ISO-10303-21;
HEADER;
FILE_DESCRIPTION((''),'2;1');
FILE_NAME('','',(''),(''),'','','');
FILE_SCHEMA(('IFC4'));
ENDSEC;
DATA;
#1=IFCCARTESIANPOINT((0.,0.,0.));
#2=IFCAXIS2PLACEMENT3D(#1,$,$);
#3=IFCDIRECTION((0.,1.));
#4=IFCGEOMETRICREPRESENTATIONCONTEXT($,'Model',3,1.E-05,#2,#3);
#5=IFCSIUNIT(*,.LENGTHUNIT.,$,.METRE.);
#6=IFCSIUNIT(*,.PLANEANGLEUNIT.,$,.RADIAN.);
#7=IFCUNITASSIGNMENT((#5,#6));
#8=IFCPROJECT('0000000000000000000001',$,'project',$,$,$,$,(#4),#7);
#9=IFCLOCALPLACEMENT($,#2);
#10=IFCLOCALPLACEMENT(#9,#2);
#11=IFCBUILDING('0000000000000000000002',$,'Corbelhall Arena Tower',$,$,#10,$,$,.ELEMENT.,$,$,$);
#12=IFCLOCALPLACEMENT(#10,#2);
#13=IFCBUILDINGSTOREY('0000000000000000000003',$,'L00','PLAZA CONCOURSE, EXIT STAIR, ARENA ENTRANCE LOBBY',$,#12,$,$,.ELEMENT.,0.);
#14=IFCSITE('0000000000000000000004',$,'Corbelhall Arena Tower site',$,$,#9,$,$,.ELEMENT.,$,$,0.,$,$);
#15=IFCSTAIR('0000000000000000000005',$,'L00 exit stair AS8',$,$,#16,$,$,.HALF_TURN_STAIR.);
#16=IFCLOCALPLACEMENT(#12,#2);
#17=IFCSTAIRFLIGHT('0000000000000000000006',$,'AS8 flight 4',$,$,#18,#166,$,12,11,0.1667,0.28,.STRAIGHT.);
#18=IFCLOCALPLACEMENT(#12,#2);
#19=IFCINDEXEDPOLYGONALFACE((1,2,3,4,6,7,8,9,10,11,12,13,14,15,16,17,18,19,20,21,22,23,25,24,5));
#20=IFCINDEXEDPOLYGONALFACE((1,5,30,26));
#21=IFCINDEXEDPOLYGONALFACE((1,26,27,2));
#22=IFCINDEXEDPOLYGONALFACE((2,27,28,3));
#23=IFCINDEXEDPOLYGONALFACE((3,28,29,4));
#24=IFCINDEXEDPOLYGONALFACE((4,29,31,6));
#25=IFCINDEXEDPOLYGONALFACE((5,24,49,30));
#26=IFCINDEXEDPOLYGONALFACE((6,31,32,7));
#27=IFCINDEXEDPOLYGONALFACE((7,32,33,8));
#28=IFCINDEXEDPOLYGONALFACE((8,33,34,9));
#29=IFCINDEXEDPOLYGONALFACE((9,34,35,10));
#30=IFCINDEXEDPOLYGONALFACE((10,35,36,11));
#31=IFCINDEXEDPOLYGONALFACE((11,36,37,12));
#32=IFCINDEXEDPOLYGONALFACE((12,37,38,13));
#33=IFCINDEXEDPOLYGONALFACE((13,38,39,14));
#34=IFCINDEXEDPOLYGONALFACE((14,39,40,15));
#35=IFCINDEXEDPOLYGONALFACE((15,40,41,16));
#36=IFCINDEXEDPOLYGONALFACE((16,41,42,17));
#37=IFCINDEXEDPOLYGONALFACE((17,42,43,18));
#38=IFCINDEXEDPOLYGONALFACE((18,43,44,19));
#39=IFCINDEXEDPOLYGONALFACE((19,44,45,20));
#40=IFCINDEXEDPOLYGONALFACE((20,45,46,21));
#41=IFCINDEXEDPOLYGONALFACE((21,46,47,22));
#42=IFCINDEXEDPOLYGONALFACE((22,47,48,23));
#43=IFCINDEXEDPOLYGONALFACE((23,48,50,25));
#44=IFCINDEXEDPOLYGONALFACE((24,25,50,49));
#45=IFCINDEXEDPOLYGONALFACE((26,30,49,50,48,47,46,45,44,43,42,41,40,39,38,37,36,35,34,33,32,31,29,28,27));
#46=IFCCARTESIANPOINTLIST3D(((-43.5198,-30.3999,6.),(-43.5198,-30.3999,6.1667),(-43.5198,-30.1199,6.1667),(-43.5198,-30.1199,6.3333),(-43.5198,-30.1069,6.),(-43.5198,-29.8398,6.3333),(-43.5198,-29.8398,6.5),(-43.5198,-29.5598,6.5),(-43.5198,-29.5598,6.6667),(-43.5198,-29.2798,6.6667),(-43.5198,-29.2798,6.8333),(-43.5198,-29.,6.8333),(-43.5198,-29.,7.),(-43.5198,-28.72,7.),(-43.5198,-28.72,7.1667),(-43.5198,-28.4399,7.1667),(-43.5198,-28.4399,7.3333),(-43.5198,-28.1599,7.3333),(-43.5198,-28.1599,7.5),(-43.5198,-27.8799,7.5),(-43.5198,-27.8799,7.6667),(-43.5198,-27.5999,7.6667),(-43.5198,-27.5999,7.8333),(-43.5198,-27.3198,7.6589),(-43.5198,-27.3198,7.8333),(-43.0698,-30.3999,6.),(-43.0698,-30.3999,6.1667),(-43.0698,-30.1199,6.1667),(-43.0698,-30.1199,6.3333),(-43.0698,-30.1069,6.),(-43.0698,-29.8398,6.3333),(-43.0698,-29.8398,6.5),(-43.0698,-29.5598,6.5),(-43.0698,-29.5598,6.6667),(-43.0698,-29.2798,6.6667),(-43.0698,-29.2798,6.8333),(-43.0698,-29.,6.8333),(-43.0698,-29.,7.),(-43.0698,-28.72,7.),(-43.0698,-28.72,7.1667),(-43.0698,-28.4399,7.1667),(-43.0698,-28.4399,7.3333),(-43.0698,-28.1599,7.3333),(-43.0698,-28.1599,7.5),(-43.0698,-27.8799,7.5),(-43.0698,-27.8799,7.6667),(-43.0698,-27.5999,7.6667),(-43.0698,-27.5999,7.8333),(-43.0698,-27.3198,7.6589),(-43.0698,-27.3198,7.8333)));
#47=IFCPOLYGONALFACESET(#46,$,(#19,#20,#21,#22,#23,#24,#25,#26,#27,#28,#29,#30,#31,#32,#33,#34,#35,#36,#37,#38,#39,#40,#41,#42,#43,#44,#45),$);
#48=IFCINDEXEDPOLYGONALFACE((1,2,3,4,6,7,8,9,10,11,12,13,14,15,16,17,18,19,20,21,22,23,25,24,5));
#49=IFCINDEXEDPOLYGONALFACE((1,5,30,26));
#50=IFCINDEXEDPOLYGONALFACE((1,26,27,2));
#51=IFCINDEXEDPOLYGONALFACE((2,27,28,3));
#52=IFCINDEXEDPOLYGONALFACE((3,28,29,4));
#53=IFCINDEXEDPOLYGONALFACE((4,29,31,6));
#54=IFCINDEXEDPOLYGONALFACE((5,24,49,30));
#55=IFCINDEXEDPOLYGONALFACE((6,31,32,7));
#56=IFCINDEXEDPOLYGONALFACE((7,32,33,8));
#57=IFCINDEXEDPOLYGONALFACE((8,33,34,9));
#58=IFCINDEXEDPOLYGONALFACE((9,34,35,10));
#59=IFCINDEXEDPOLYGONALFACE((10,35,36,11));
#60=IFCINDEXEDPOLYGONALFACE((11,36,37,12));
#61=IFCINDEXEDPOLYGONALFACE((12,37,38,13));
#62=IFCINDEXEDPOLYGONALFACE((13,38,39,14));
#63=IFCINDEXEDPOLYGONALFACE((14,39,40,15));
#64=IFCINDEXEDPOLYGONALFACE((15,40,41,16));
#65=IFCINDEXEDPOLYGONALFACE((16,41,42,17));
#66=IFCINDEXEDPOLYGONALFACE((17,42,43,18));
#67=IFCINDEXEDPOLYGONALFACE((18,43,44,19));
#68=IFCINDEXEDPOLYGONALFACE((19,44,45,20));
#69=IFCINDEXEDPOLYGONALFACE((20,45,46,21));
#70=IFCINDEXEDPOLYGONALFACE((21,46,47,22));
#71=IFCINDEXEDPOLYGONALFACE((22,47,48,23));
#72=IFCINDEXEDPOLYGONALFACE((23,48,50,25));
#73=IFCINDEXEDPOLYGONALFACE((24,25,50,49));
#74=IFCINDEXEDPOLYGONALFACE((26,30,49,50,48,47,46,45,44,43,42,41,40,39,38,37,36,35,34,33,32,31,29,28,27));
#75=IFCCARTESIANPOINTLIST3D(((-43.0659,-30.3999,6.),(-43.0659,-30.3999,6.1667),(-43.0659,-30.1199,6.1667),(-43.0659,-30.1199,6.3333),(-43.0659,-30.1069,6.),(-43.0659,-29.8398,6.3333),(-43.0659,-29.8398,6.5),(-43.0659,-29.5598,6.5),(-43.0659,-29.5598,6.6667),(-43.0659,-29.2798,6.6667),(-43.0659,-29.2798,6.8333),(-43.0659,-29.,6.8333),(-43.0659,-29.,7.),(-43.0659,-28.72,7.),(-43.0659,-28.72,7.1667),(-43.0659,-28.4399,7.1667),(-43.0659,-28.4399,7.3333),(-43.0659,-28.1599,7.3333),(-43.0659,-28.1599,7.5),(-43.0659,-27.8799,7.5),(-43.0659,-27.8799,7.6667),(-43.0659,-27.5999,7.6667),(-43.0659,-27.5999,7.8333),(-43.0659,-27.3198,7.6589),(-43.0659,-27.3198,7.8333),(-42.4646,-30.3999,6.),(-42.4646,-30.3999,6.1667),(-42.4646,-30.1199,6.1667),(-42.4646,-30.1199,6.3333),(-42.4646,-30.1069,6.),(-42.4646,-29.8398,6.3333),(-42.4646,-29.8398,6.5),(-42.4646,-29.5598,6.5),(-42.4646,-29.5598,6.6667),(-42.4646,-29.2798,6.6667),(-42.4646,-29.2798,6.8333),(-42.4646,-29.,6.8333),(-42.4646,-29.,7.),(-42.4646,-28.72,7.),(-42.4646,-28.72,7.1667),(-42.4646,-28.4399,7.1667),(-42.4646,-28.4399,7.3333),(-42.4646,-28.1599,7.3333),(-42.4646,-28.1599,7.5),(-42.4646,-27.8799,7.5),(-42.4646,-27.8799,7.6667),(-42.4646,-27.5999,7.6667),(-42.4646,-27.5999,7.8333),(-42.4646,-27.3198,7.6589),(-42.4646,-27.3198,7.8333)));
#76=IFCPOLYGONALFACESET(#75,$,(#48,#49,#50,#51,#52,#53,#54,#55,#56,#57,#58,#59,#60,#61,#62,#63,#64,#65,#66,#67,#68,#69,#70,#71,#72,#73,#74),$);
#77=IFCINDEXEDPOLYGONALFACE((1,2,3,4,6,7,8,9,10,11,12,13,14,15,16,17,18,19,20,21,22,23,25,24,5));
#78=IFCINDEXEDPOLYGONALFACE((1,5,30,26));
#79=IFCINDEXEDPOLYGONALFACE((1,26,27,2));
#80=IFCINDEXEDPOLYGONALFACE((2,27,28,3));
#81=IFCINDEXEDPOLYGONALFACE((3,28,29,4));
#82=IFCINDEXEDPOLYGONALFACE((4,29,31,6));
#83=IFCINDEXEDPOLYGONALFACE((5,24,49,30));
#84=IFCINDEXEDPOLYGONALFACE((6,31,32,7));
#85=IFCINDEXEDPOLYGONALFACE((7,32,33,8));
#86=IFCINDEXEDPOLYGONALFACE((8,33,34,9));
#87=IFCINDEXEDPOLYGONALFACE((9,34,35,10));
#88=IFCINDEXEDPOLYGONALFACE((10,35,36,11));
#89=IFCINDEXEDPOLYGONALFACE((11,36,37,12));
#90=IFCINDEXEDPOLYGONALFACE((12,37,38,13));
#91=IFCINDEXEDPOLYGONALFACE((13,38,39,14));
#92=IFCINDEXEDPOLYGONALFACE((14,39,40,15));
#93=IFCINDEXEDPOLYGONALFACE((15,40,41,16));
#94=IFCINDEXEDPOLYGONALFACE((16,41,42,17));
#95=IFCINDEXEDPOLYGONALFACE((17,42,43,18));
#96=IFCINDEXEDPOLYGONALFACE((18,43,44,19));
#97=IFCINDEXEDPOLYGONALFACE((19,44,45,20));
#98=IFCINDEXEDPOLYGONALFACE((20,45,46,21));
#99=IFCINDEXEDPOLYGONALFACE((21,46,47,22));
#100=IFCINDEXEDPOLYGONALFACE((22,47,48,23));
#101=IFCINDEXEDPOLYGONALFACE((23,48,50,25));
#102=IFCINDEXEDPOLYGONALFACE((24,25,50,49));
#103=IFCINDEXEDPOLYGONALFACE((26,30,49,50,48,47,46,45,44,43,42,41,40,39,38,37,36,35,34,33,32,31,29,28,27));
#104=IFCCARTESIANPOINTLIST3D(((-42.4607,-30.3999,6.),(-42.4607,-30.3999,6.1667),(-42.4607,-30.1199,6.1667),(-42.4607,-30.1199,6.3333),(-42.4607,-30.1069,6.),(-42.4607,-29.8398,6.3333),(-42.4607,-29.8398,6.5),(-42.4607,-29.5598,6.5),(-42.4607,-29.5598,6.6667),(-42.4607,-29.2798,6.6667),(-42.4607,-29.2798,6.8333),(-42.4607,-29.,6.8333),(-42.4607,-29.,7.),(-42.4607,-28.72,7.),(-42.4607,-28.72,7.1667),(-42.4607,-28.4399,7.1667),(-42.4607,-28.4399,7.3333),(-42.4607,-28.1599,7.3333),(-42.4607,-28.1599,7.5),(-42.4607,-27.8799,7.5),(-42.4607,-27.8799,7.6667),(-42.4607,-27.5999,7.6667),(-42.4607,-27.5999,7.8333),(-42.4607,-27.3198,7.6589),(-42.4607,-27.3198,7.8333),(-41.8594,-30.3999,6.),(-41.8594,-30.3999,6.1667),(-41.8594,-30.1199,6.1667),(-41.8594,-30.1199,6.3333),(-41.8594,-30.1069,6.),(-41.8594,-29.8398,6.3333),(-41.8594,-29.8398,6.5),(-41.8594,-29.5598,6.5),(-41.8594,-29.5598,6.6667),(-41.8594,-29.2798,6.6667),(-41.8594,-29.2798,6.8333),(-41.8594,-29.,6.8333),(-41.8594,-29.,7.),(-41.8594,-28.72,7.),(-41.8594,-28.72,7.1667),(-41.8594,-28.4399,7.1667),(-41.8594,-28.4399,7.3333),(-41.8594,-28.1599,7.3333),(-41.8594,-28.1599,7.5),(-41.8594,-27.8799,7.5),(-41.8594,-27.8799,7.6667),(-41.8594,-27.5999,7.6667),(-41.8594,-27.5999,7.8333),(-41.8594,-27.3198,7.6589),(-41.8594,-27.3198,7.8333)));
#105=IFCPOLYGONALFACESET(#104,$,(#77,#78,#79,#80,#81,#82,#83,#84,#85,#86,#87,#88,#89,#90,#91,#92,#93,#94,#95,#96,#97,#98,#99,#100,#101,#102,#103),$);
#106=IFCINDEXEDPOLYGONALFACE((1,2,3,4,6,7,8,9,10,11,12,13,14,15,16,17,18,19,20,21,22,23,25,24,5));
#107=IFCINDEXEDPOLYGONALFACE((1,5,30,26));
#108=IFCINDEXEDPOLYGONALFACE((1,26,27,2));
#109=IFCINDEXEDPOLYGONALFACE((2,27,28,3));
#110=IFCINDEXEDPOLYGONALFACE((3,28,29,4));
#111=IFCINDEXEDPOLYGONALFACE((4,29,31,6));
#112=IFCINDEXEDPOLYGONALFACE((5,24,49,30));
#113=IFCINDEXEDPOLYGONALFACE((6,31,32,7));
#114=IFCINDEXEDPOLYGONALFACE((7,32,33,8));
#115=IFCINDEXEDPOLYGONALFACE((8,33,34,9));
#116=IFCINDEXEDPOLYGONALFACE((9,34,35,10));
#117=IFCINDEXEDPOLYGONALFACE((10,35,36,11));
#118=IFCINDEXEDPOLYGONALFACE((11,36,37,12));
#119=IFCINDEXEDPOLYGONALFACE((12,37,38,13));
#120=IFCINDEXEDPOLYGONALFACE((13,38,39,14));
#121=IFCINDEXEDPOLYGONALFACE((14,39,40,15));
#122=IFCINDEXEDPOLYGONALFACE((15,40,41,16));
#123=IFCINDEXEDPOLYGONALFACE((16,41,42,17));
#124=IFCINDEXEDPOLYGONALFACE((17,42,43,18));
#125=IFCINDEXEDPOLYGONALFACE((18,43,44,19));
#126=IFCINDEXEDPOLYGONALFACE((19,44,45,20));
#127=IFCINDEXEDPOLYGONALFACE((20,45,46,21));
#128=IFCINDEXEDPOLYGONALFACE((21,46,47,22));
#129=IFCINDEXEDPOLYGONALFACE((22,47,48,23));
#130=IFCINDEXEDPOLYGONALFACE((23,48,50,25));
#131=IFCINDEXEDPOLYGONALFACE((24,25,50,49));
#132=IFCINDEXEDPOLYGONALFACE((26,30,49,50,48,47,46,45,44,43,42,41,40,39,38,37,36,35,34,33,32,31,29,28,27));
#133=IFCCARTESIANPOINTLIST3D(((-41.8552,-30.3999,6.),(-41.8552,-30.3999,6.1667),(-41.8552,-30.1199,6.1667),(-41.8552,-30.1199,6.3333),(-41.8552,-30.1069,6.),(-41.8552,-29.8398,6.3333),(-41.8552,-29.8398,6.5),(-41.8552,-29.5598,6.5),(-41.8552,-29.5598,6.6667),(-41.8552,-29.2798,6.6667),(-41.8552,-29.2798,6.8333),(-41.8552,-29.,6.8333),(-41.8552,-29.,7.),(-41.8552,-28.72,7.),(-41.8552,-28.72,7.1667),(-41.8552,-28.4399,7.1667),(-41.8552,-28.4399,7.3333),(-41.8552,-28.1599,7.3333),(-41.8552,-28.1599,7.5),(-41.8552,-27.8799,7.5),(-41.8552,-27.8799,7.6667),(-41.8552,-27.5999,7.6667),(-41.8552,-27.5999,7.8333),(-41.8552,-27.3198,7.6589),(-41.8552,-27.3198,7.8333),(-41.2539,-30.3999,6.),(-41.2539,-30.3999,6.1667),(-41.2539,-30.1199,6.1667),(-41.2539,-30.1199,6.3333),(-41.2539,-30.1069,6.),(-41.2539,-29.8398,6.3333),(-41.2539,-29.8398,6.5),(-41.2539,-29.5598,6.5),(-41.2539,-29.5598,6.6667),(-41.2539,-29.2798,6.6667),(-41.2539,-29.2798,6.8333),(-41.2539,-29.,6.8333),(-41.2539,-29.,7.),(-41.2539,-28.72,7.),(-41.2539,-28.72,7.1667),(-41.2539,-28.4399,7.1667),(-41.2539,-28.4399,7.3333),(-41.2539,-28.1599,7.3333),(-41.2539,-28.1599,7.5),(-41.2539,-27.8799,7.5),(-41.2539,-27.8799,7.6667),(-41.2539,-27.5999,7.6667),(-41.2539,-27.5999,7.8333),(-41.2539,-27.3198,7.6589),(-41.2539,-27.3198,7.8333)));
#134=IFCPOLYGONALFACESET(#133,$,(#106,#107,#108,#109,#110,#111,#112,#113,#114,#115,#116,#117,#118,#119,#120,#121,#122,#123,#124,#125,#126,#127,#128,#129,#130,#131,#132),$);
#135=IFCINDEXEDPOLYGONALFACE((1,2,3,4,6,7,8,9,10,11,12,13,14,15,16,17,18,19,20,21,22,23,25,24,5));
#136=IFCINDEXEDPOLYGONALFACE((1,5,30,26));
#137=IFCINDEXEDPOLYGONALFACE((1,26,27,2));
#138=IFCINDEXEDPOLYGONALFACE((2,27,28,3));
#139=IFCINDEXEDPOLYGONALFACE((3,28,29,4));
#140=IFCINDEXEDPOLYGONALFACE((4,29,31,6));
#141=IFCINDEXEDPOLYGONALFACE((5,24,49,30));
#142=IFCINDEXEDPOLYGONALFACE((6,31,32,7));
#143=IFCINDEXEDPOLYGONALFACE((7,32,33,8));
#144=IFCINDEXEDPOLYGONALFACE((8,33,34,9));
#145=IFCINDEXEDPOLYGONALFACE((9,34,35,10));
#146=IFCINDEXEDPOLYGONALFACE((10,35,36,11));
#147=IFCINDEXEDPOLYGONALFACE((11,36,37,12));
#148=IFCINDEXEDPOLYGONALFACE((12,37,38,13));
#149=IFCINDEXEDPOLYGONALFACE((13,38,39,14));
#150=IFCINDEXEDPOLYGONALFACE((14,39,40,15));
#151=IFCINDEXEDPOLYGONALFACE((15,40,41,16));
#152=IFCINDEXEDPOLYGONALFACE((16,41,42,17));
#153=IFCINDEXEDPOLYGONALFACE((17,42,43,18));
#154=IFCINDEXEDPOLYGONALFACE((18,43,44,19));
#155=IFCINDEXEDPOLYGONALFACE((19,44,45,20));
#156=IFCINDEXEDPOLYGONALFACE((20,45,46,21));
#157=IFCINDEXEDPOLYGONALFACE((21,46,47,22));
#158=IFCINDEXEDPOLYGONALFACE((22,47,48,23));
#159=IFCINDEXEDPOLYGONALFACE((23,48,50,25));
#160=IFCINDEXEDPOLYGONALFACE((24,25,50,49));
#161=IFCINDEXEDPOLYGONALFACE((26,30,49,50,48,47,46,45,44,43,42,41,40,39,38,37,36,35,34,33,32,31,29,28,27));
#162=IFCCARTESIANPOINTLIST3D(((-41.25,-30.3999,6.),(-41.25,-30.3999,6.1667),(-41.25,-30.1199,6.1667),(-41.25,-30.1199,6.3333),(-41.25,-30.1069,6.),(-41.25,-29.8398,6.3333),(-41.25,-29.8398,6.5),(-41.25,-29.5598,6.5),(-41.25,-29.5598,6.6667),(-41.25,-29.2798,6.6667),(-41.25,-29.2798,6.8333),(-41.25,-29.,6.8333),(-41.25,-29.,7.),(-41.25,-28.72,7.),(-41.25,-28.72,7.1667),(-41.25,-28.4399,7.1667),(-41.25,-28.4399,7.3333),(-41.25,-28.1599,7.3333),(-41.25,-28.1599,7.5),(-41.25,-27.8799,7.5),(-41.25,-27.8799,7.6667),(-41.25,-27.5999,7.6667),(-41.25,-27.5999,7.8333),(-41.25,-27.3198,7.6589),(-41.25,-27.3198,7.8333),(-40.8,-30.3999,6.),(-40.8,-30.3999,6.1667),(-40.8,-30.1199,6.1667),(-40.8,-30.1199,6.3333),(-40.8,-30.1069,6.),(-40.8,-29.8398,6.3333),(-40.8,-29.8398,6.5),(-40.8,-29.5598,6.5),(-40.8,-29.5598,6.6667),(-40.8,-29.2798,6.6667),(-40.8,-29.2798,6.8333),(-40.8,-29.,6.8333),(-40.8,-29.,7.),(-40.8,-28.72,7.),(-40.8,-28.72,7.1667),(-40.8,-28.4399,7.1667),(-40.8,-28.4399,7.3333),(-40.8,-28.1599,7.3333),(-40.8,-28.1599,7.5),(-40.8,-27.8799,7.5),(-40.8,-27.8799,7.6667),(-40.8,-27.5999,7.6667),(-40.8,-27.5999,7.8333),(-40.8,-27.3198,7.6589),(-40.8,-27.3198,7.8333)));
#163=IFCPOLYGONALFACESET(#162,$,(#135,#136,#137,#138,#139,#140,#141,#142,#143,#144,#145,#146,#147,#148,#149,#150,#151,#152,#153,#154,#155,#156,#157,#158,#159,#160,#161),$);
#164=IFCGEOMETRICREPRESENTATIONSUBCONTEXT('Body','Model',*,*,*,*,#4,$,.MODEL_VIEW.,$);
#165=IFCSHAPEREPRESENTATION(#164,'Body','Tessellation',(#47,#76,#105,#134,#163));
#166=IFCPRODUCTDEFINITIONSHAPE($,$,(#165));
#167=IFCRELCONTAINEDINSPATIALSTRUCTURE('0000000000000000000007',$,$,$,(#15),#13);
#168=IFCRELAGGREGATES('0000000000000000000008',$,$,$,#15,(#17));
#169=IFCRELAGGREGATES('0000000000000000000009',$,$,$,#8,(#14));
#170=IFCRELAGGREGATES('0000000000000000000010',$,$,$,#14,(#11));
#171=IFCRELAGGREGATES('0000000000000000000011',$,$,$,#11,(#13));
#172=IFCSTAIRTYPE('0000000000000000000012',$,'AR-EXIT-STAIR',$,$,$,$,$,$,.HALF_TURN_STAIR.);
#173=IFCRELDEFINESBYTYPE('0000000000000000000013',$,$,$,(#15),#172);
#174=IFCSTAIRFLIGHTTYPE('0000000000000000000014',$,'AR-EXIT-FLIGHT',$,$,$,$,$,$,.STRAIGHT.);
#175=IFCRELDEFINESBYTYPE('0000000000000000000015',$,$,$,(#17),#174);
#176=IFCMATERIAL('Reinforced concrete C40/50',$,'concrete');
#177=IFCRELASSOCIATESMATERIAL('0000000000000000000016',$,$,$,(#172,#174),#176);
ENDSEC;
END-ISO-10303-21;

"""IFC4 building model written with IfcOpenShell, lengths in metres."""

from ifc_helpers import new_model, si_unit, direction, frame, origin, place, context, subcontext, project, spatial, polyline, outline, extrude, material, type_object, element, aggregate, save


model = new_model("IFC4")

# Units and contexts
model_context = context("Model", 3, precision=1e-05, world=origin(), true_north=direction((0.0, 1.0)))
body_context = subcontext(model_context, "Body", "Model", "MODEL_VIEW")
ifc_project = project(units=[si_unit("LENGTHUNIT", "METRE"), si_unit("PLANEANGLEUNIT", "RADIAN")], contexts=[model_context])

# Site, building, storey
site_placement = place(None, origin())
site = spatial("IfcSite", under=ifc_project, at=site_placement, Name="Corbelhall Arena Tower site", CompositionType="ELEMENT", RefElevation=0.0)
building_placement = place(site_placement, origin())
building = spatial("IfcBuilding", under=site, at=building_placement, Name="Corbelhall Arena Tower", CompositionType="ELEMENT")
storey_placement = place(building_placement, origin())
storey = spatial("IfcBuildingStorey", under=building, at=storey_placement, Name="L00", Description="PLAZA CONCOURSE, EXIT STAIR, ARENA ENTRANCE LOBBY", CompositionType="ELEMENT", Elevation=0.0)

# Shared definitions
ifc_material_1 = material(Name="Reinforced concrete C40/50", Category="concrete")

# Shared definitions
stair_type = type_object("IfcStairType", Name="AR-EXIT-STAIR", PredefinedType="HALF_TURN_STAIR", material=ifc_material_1)
stair_flight_type = type_object("IfcStairFlightType", Name="AR-EXIT-FLIGHT", PredefinedType="STRAIGHT", material=ifc_material_1)

# Stair, stair flight
stair_1_placement = place(storey_placement, origin())
stair_1 = element("IfcStair", 1, at=stair_1_placement, inside=storey, type_object=stair_type, Name="L00 exit stair AS8", PredefinedType="HALF_TURN_STAIR")
stair_flight_1_placement = place(storey_placement, frame((-42.1599, -30.3999, 6.0), z_axis=(0.0, 0.0, 1.0), x_axis=(0.0, 1.0, 0.0)))
stair_flight_1 = element("IfcStairFlight", 2, at=stair_flight_1_placement, type_object=stair_flight_type, Name="AS8 flight 4", NumberOfRisers=12, NumberOfTreads=11, PredefinedType="STRAIGHT", RiserHeight=0.1667, TreadLength=0.28, context=body_context, shape_type="SweptSolid", body=[
    extrude(outline(polyline([(0.0, 0.0), (0.0, 0.1667), (0.28, 0.1667), (0.28, 0.3333), (0.5601, 0.3333), (0.5601, 0.5), (0.8401, 0.5), (0.8401, 0.6667), (1.1201, 0.6667), (1.1201, 0.8333), (1.3999, 0.8333), (1.3999, 1.0), (1.6799, 1.0), (1.6799, 1.1667), (1.96, 1.1667), (1.96, 1.3333), (2.24, 1.3333), (2.24, 1.5), (2.52, 1.5), (2.52, 1.6667), (2.8, 1.6667), (2.8, 1.8333), (3.0801, 1.8333), (3.0801, 2.0), (3.0801, 1.6589), (0.293, 0.0), (0.0, 0.0)])), frame((0.0, 1.3599, 0.0), z_axis=(0.0, -1.0, 0.0), x_axis=(1.0, 0.0, 0.0)), (0.0, 0.0, 1.0), 0.45),
    extrude(outline(polyline([(0.0, 0.0), (0.0, 0.1667), (0.28, 0.1667), (0.28, 0.3333), (0.5601, 0.3333), (0.5601, 0.5), (0.8401, 0.5), (0.8401, 0.6667), (1.1201, 0.6667), (1.1201, 0.8333), (1.3999, 0.8333), (1.3999, 1.0), (1.6799, 1.0), (1.6799, 1.1667), (1.96, 1.1667), (1.96, 1.3333), (2.24, 1.3333), (2.24, 1.5), (2.52, 1.5), (2.52, 1.6667), (2.8, 1.6667), (2.8, 1.8333), (3.0801, 1.8333), (3.0801, 2.0), (3.0801, 1.6589), (0.293, 0.0), (0.0, 0.0)])), frame((0.0, 0.906, 0.0), z_axis=(0.0, -1.0, 0.0), x_axis=(1.0, 0.0, 0.0)), (0.0, 0.0, 1.0), 0.6013),
    extrude(outline(polyline([(0.0, 0.0), (0.0, 0.1667), (0.28, 0.1667), (0.28, 0.3333), (0.5601, 0.3333), (0.5601, 0.5), (0.8401, 0.5), (0.8401, 0.6667), (1.1201, 0.6667), (1.1201, 0.8333), (1.3999, 0.8333), (1.3999, 1.0), (1.6799, 1.0), (1.6799, 1.1667), (1.96, 1.1667), (1.96, 1.3333), (2.24, 1.3333), (2.24, 1.5), (2.52, 1.5), (2.52, 1.6667), (2.8, 1.6667), (2.8, 1.8333), (3.0801, 1.8333), (3.0801, 2.0), (3.0801, 1.6589), (0.293, 0.0), (0.0, 0.0)])), frame((0.0, 0.3008, 0.0), z_axis=(0.0, -1.0, 0.0), x_axis=(1.0, 0.0, 0.0)), (0.0, 0.0, 1.0), 0.6013),
    extrude(outline(polyline([(0.0, 0.0), (0.0, 0.1667), (0.28, 0.1667), (0.28, 0.3333), (0.5601, 0.3333), (0.5601, 0.5), (0.8401, 0.5), (0.8401, 0.6667), (1.1201, 0.6667), (1.1201, 0.8333), (1.3999, 0.8333), (1.3999, 1.0), (1.6799, 1.0), (1.6799, 1.1667), (1.96, 1.1667), (1.96, 1.3333), (2.24, 1.3333), (2.24, 1.5), (2.52, 1.5), (2.52, 1.6667), (2.8, 1.6667), (2.8, 1.8333), (3.0801, 1.8333), (3.0801, 2.0), (3.0801, 1.6589), (0.293, 0.0), (0.0, 0.0)])), frame((0.0, -0.3047, 0.0), z_axis=(0.0, -1.0, 0.0), x_axis=(1.0, 0.0, 0.0)), (0.0, 0.0, 1.0), 0.6013),
    extrude(outline(polyline([(0.0, 0.0), (0.0, 0.1667), (0.28, 0.1667), (0.28, 0.3333), (0.5601, 0.3333), (0.5601, 0.5), (0.8401, 0.5), (0.8401, 0.6667), (1.1201, 0.6667), (1.1201, 0.8333), (1.3999, 0.8333), (1.3999, 1.0), (1.6799, 1.0), (1.6799, 1.1667), (1.96, 1.1667), (1.96, 1.3333), (2.24, 1.3333), (2.24, 1.5), (2.52, 1.5), (2.52, 1.6667), (2.8, 1.6667), (2.8, 1.8333), (3.0801, 1.8333), (3.0801, 2.0), (3.0801, 1.6589), (0.293, 0.0), (0.0, 0.0)])), frame((0.0, -0.9099, 0.0), z_axis=(0.0, -1.0, 0.0), x_axis=(1.0, 0.0, 0.0)), (0.0, 0.0, 1.0), 0.45),
])
aggregate(stair_1, [stair_flight_1])

save(model, "model.ifc")
